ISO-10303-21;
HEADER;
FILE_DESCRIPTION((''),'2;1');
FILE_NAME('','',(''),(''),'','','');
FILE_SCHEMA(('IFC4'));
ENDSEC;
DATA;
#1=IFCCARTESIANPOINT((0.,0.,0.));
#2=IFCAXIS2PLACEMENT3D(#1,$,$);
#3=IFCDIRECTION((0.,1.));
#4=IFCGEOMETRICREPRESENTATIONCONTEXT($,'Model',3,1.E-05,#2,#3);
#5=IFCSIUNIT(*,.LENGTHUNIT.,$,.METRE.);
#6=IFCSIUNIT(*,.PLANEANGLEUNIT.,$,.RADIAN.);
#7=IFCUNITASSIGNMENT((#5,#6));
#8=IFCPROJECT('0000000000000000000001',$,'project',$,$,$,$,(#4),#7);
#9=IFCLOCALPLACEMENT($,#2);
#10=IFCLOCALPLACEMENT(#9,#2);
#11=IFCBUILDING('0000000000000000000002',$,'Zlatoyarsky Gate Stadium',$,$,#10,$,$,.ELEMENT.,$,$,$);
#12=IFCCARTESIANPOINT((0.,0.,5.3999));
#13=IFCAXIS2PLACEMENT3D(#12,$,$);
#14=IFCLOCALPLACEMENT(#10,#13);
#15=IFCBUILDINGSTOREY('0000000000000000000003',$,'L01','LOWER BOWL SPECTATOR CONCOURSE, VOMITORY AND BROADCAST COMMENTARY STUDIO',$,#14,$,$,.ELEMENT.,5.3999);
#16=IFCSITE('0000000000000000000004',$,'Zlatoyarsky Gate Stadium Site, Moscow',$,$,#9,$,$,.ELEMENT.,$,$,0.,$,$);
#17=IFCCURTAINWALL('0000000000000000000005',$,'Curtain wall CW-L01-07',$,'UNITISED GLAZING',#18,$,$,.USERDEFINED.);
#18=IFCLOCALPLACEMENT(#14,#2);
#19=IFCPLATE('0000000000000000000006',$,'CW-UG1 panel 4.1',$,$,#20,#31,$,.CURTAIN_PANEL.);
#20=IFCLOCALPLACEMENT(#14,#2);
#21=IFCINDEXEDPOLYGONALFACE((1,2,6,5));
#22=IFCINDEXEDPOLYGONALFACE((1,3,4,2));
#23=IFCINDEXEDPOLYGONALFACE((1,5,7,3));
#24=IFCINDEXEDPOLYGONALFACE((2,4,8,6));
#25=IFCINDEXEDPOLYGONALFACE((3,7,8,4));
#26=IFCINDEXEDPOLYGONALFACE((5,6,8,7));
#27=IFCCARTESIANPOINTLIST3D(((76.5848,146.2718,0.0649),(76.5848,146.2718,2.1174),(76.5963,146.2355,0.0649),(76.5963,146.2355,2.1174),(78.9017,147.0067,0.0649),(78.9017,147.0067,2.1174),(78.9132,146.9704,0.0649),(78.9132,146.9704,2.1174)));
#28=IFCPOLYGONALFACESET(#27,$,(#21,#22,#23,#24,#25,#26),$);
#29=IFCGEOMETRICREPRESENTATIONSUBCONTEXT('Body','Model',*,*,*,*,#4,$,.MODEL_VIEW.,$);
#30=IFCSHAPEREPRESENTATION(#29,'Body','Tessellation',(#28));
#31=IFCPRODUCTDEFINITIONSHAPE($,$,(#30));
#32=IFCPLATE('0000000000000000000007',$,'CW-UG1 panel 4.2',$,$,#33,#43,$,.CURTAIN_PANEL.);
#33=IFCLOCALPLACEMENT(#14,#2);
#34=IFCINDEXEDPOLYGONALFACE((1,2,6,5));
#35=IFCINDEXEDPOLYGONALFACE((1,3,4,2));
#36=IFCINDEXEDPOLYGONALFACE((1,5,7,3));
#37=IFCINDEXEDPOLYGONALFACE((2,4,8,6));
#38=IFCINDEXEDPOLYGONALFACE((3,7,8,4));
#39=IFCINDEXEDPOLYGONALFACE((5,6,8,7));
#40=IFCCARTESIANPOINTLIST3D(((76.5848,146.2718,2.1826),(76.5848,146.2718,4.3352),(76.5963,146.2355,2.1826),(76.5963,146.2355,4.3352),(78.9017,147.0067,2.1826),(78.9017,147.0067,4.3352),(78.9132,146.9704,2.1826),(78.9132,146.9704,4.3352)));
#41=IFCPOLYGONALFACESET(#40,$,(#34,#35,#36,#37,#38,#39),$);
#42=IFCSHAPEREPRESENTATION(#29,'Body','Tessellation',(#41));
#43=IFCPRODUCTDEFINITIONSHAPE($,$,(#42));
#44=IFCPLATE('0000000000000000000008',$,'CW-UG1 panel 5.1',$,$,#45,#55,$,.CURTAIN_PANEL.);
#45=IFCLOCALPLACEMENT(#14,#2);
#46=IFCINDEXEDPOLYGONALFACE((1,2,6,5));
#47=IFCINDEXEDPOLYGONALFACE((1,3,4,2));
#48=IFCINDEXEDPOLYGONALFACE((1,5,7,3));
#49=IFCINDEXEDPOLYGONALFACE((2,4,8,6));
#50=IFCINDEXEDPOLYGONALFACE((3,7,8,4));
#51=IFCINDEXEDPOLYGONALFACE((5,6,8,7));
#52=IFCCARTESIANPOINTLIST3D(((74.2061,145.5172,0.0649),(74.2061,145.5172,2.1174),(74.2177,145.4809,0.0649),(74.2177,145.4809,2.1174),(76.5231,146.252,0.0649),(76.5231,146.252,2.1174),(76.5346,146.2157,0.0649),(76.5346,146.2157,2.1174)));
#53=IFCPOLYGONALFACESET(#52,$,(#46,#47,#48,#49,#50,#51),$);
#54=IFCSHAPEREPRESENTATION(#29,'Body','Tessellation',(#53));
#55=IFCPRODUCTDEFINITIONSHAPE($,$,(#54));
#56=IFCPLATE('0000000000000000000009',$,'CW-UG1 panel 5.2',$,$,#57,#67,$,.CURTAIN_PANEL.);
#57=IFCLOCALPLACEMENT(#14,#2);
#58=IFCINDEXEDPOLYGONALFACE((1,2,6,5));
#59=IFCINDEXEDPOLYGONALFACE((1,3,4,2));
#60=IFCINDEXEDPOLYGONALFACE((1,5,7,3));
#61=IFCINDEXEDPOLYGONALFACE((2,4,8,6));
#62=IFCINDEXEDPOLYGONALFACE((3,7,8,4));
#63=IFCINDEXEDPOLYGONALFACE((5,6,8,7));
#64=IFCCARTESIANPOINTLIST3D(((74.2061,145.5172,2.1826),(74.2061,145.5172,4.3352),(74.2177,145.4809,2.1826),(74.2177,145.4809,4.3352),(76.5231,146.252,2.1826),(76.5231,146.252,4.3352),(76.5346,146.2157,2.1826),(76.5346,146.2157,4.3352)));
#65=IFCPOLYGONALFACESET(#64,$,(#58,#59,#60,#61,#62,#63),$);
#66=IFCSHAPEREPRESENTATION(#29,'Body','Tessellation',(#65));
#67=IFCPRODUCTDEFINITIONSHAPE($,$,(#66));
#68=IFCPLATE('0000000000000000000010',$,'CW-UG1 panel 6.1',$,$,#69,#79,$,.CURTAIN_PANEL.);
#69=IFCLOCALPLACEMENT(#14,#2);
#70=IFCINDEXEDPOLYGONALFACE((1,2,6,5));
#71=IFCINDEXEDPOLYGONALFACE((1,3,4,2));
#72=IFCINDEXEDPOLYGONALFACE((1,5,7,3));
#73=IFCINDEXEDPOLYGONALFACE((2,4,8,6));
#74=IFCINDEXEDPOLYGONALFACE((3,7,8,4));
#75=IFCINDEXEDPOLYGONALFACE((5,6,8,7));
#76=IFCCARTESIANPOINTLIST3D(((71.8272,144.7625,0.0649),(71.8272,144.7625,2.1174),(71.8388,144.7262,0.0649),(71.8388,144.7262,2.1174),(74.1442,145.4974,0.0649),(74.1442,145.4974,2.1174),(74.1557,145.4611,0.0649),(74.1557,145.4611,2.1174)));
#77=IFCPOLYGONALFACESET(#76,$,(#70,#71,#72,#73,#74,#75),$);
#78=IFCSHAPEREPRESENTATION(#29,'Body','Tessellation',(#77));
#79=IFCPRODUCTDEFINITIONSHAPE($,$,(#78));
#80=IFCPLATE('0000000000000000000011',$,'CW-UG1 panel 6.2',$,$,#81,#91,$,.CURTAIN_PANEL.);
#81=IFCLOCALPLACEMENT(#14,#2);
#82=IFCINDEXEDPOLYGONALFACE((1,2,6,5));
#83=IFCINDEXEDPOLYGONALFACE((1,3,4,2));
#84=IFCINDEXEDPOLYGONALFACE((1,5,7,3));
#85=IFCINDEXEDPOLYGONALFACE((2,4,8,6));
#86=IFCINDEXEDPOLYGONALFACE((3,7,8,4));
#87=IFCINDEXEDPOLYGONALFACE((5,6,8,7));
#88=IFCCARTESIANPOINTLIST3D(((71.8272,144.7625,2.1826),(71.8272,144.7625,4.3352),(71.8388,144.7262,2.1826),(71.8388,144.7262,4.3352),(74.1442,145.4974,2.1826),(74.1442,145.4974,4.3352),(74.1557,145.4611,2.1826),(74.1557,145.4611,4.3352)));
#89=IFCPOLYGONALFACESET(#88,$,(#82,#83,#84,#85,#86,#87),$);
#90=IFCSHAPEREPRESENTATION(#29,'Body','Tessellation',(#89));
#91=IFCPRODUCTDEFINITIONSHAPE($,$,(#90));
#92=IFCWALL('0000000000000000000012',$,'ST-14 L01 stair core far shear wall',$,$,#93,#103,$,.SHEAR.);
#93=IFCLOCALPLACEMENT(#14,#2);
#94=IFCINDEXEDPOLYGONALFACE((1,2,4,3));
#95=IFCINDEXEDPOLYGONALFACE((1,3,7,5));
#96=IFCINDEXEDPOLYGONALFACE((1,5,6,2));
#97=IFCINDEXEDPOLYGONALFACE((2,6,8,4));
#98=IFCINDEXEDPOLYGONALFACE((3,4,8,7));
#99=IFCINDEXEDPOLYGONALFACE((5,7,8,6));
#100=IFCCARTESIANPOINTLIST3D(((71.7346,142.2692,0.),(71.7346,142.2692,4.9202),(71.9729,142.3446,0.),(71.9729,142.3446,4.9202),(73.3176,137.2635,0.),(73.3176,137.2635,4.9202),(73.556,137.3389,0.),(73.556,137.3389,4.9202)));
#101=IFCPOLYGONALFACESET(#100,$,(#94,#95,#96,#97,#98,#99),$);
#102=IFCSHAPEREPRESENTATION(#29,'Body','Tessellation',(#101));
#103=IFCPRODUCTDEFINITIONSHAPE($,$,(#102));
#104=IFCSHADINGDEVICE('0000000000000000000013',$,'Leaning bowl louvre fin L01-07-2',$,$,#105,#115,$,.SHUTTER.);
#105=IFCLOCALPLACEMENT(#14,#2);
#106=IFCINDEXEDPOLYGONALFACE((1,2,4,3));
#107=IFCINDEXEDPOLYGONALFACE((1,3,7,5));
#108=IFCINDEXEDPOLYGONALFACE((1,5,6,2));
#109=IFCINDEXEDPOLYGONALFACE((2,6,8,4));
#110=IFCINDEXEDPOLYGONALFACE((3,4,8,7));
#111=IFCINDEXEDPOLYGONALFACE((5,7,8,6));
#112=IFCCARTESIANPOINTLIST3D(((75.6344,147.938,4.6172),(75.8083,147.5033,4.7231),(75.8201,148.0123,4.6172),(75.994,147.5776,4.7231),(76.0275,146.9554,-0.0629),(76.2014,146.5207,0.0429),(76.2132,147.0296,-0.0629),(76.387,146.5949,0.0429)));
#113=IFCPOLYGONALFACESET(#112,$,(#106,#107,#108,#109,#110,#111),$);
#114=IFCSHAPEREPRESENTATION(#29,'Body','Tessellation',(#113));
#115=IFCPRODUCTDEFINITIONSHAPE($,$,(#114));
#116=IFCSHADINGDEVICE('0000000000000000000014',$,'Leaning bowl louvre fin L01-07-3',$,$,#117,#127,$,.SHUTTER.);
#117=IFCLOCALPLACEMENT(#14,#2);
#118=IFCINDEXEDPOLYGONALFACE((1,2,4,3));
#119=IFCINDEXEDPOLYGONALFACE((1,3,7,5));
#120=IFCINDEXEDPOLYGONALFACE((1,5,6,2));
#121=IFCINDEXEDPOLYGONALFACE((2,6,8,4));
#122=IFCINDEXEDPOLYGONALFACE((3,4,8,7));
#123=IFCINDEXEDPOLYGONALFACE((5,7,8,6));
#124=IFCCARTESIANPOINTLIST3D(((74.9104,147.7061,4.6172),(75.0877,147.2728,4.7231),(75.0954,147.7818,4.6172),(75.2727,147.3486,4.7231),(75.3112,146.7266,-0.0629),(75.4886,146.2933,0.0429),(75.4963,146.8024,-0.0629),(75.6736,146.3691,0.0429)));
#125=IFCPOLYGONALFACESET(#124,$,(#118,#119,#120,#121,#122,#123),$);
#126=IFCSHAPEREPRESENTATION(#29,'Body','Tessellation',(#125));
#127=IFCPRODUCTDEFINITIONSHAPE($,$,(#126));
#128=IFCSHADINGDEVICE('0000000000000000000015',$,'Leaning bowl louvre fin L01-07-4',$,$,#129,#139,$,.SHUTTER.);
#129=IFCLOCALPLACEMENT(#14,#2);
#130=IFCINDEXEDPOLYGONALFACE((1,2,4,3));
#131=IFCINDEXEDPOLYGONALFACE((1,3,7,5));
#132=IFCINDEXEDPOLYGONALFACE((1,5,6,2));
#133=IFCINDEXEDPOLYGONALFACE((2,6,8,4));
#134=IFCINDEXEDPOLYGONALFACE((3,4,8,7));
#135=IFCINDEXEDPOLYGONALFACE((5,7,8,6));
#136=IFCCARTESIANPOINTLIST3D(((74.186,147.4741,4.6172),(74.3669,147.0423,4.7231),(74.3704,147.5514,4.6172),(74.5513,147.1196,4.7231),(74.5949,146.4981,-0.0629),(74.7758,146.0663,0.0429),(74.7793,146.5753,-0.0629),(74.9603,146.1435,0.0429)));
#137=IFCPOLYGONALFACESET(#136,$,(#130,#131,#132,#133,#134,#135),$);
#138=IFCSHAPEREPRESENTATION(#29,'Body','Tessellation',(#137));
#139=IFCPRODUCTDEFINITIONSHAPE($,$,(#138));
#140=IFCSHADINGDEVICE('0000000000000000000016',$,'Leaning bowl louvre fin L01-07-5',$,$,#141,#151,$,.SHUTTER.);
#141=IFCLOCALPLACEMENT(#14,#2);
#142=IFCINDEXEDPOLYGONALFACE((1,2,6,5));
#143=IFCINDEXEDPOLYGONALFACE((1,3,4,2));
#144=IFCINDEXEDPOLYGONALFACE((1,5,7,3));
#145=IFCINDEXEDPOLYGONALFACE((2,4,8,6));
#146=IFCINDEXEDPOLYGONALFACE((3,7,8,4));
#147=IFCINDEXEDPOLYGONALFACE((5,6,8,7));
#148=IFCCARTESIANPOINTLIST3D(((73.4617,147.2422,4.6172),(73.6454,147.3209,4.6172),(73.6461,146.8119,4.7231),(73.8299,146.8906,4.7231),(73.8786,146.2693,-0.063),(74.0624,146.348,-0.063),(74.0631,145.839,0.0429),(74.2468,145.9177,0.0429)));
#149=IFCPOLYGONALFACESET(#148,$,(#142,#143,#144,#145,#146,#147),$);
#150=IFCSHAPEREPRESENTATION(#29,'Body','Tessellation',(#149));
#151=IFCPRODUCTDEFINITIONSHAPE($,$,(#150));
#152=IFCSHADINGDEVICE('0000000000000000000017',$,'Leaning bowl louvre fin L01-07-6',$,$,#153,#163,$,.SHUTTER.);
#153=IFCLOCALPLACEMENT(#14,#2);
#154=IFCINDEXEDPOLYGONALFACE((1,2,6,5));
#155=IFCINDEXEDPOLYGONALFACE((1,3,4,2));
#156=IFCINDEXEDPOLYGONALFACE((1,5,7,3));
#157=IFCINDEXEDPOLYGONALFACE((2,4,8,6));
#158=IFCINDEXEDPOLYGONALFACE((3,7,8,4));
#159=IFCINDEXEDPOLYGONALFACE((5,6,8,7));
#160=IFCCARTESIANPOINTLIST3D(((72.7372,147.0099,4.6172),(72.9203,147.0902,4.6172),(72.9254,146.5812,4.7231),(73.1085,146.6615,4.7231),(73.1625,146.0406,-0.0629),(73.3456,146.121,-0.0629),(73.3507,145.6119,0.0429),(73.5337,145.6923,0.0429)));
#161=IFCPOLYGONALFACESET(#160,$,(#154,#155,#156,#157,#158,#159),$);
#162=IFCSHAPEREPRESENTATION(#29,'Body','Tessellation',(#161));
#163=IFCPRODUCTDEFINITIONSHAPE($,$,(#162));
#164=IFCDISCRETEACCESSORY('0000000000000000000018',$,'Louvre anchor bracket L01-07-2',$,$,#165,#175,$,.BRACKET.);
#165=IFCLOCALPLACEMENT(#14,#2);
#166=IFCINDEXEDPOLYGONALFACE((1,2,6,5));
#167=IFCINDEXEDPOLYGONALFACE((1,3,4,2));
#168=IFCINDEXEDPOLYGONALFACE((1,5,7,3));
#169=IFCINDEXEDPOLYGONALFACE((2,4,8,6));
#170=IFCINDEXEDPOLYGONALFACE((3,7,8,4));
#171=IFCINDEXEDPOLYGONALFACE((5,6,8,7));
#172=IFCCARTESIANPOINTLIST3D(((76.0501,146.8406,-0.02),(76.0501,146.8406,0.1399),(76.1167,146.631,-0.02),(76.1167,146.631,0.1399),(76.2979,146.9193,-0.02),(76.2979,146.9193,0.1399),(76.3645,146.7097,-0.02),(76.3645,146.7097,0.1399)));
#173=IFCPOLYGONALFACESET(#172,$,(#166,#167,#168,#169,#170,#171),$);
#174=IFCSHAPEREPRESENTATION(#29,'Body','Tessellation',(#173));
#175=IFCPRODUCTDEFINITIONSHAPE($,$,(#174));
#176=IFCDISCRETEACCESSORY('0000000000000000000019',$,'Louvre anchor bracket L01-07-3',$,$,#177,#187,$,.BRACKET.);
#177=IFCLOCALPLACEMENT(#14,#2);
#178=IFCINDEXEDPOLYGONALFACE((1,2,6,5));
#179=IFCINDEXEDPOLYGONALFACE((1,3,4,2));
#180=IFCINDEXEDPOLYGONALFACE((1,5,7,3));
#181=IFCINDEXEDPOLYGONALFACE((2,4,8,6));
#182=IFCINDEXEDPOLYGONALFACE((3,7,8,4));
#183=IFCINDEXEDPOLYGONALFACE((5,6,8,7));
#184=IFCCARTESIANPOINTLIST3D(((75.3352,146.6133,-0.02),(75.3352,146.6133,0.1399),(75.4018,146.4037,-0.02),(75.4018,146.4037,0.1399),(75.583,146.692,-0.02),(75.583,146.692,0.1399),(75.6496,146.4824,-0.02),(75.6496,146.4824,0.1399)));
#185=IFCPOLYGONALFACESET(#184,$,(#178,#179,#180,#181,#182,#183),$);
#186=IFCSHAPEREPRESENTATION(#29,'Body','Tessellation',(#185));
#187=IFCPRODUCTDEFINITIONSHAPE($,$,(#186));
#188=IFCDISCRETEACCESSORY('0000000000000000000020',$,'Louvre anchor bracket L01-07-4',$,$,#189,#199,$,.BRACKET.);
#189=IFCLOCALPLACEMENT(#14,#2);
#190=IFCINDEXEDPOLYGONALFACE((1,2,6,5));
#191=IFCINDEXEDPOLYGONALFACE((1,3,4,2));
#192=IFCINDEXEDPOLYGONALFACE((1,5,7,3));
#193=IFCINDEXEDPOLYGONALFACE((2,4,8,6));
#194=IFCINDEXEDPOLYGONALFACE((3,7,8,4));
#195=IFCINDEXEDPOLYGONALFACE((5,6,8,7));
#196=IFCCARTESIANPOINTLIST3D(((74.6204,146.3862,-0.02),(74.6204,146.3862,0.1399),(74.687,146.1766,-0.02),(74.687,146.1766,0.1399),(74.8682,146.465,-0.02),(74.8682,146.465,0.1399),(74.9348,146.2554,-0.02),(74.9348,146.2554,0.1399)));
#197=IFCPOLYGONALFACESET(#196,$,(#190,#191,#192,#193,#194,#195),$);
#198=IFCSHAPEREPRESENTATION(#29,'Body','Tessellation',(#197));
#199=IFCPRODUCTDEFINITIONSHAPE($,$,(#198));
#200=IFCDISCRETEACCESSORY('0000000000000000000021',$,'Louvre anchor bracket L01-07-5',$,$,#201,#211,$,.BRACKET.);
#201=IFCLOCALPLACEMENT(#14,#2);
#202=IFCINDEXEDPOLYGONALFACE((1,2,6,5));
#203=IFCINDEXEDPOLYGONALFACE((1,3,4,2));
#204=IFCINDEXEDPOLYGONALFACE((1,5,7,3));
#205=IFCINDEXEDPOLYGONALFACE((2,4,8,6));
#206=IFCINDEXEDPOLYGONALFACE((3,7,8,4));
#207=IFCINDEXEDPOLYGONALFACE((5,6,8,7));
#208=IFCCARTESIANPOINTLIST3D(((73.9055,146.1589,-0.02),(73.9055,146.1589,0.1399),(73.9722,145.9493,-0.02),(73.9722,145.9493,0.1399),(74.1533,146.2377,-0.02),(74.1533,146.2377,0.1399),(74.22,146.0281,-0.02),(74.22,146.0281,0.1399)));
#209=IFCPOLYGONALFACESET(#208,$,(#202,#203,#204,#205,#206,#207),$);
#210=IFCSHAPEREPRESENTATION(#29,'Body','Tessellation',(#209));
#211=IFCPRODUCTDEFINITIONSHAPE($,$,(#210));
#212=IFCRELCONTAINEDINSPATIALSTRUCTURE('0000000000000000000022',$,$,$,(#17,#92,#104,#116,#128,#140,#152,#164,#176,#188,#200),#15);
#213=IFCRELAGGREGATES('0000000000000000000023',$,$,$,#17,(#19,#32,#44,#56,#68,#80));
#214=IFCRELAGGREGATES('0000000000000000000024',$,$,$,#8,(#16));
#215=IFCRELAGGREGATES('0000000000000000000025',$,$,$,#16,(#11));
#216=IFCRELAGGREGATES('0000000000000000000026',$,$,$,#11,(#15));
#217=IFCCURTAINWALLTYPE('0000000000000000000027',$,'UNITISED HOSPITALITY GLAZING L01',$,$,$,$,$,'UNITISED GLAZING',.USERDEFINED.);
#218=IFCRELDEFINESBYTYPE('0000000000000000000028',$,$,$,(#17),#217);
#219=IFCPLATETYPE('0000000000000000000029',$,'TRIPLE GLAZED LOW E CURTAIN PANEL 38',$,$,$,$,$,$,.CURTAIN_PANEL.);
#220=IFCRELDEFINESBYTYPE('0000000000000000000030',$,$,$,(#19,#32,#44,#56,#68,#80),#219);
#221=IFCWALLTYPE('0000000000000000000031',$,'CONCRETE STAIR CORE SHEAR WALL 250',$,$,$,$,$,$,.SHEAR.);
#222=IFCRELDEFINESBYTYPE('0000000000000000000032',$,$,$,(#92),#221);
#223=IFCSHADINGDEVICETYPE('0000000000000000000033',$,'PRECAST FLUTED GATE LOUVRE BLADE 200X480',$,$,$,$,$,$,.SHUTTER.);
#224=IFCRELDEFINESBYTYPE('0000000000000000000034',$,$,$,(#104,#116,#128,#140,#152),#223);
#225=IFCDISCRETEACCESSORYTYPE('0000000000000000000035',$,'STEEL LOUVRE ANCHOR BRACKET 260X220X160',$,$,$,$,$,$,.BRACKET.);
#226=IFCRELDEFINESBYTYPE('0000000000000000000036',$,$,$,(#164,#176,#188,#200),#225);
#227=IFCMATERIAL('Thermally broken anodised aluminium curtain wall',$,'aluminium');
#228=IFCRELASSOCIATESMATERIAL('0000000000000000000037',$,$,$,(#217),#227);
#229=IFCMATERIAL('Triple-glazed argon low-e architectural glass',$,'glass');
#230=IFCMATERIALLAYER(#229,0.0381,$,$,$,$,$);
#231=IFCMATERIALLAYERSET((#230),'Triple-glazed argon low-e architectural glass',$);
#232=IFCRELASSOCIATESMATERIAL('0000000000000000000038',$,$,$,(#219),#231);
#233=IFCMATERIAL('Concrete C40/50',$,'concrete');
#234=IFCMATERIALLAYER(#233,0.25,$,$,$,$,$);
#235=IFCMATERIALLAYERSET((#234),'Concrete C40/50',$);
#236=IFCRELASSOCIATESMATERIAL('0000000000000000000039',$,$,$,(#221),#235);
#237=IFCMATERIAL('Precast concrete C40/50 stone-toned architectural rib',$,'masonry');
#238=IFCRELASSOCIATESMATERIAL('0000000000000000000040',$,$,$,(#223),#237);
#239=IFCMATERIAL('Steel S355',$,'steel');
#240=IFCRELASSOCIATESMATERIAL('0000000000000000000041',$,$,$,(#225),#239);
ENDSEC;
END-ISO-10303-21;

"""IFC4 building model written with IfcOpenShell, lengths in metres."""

from ifc_helpers import new_model, si_unit, direction, frame, frame_2d, origin, origin_2d, place, context, subcontext, project, spatial, rectangle, extrude, material, layer, layer_set, material_profile, profile_set, type_object, element, aggregate, save


model = new_model("IFC4")

# Units and contexts
model_context = context("Model", 3, precision=1e-05, world=origin(), true_north=direction((0.0, 1.0)))
body_context = subcontext(model_context, "Body", "Model", "MODEL_VIEW")
ifc_project = project(units=[si_unit("LENGTHUNIT", "METRE"), si_unit("PLANEANGLEUNIT", "RADIAN")], contexts=[model_context])

# Site, building, storey
site_placement = place(None, origin())
site = spatial("IfcSite", under=ifc_project, at=site_placement, Name="Zlatoyarsky Gate Stadium Site, Moscow", CompositionType="ELEMENT", RefElevation=0.0)
building_placement = place(site_placement, origin())
building = spatial("IfcBuilding", under=site, at=building_placement, Name="Zlatoyarsky Gate Stadium", CompositionType="ELEMENT")
storey_placement = place(building_placement, frame((0.0, 0.0, 5.3999)))
storey = spatial("IfcBuildingStorey", under=building, at=storey_placement, Name="L01", Description="LOWER BOWL SPECTATOR CONCOURSE, VOMITORY AND BROADCAST COMMENTARY STUDIO", CompositionType="ELEMENT", Elevation=5.3999)

# Curtain wall
ifc_material_1 = material(Name="Thermally broken anodised aluminium curtain wall", Category="aluminium")
curtain_wall_type = type_object("IfcCurtainWallType", Name="UNITISED HOSPITALITY GLAZING L01", ElementType="UNITISED GLAZING", PredefinedType="USERDEFINED", material=ifc_material_1)
curtain_wall_placement = place(storey_placement, origin())
curtain_wall = element("IfcCurtainWall", 1, at=curtain_wall_placement, inside=storey, type_object=curtain_wall_type, Name="Curtain wall CW-L01-07", ObjectType="UNITISED GLAZING", PredefinedType="USERDEFINED")

# Shared definitions
ifc_material_2 = material(Name="Steel S355", Category="steel")

# Plates
ifc_material_3 = material(Name="Triple-glazed argon low-e architectural glass", Category="glass")
ifc_layer_1 = layer(ifc_material_3, 0.0381)
ifc_layer_set_1 = layer_set([ifc_layer_1], Name="Triple-glazed argon low-e architectural glass")
plate_type_1 = type_object("IfcPlateType", Name="TRIPLE GLAZED LOW E CURTAIN PANEL 38", PredefinedType="CURTAIN_PANEL", material=ifc_layer_set_1)
plate_1_placement = place(storey_placement, frame((77.749, 146.6211, 0.0649), z_axis=(0.0, 0.0, 1.0), x_axis=(-0.953202, -0.302335, 0.0)))
plate_1 = element("IfcPlate", 2, at=plate_1_placement, type_object=plate_type_1, Name="CW-UG1 panel 4.1", PredefinedType="CURTAIN_PANEL", context=body_context, shape_type="SweptSolid", body=[
    extrude(rectangle(XDim=2.4307, YDim=0.0381, at=origin_2d()), origin(), (0.0, 0.0, 1.0), 2.0525),
])
plate_2_placement = place(storey_placement, frame((77.749, 146.6211, 2.1826), z_axis=(0.0, 0.0, 1.0), x_axis=(-0.953202, -0.302335, 0.0)))
plate_2 = element("IfcPlate", 3, at=plate_2_placement, type_object=plate_type_1, Name="CW-UG1 panel 4.2", PredefinedType="CURTAIN_PANEL", context=body_context, shape_type="SweptSolid", body=[
    extrude(rectangle(XDim=2.4307, YDim=0.0381, at=origin_2d()), origin(), (0.0, 0.0, 1.0), 2.1526),
])
plate_3_placement = place(storey_placement, frame((75.3704, 145.8665, 0.0649), z_axis=(0.0, 0.0, 1.0), x_axis=(-0.953202, -0.302335, 0.0)))
plate_3 = element("IfcPlate", 4, at=plate_3_placement, type_object=plate_type_1, Name="CW-UG1 panel 5.1", PredefinedType="CURTAIN_PANEL", context=body_context, shape_type="SweptSolid", body=[
    extrude(rectangle(XDim=2.4307, YDim=0.0381, at=origin_2d()), origin(), (0.0, 0.0, 1.0), 2.0525),
])
plate_4_placement = place(storey_placement, frame((75.3704, 145.8665, 2.1826), z_axis=(0.0, 0.0, 1.0), x_axis=(-0.953202, -0.302335, 0.0)))
plate_4 = element("IfcPlate", 5, at=plate_4_placement, type_object=plate_type_1, Name="CW-UG1 panel 5.2", PredefinedType="CURTAIN_PANEL", context=body_context, shape_type="SweptSolid", body=[
    extrude(rectangle(XDim=2.4307, YDim=0.0381, at=origin_2d()), origin(), (0.0, 0.0, 1.0), 2.1526),
])
plate_5_placement = place(storey_placement, frame((72.9915, 145.1118, 0.0649), z_axis=(0.0, 0.0, 1.0), x_axis=(-0.953202, -0.302335, 0.0)))
plate_5 = element("IfcPlate", 6, at=plate_5_placement, type_object=plate_type_1, Name="CW-UG1 panel 6.1", PredefinedType="CURTAIN_PANEL", context=body_context, shape_type="SweptSolid", body=[
    extrude(rectangle(XDim=2.4307, YDim=0.0381, at=origin_2d()), origin(), (0.0, 0.0, 1.0), 2.0525),
])
plate_6_placement = place(storey_placement, frame((72.9915, 145.1118, 2.1826), z_axis=(0.0, 0.0, 1.0), x_axis=(-0.953202, -0.302335, 0.0)))
plate_6 = element("IfcPlate", 7, at=plate_6_placement, type_object=plate_type_1, Name="CW-UG1 panel 6.2", PredefinedType="CURTAIN_PANEL", context=body_context, shape_type="SweptSolid", body=[
    extrude(rectangle(XDim=2.4307, YDim=0.0381, at=origin_2d()), origin(), (0.0, 0.0, 1.0), 2.1526),
])
aggregate(curtain_wall, [plate_1, plate_2, plate_3, plate_4, plate_5, plate_6])

# Wall
ifc_material_4 = material(Name="Concrete C40/50", Category="concrete")
ifc_layer_2 = layer(ifc_material_4, 0.25)
ifc_layer_set_2 = layer_set([ifc_layer_2], Name="Concrete C40/50")
wall_type = type_object("IfcWallType", Name="CONCRETE STAIR CORE SHEAR WALL 250", PredefinedType="SHEAR", material=ifc_layer_set_2)
wall_placement = place(storey_placement, frame((71.8538, 142.3069, 0.0), z_axis=(0.0, 0.0, 1.0), x_axis=(0.301527, -0.953457, 0.0)))
element("IfcWall", 8, at=wall_placement, inside=storey, type_object=wall_type, Name="ST-14 L01 stair core far shear wall", PredefinedType="SHEAR", context=body_context, shape_type="SweptSolid", body=[
    extrude(rectangle(XDim=5.25, YDim=0.25, at=frame_2d((2.625, 0.0))), origin(), (0.0, 0.0, 1.0), 4.9202),
])

# Shading devices
ifc_material_5 = material(Name="Precast concrete C40/50 stone-toned architectural rib", Category="masonry")
ifc_material_profile_1 = material_profile(ifc_material_5, rectangle(XDim=0.2, YDim=0.48, at=origin_2d()), Name="RIB 200X480")
ifc_profile_set_1 = profile_set([ifc_material_profile_1], Name="Precast concrete C40/50 stone-toned architectural rib")
shading_device_type = type_object("IfcShadingDeviceType", Name="PRECAST FLUTED GATE LOUVRE BLADE 200X480", PredefinedType="SHUTTER", material=ifc_profile_set_1)
for number, where, z_axis, x_axis, name in (
    (9, (76.2073, 146.7751, -0.01), (-0.081917, 0.204792, 0.975372), (-0.928477, -0.371391, 0.0), "Leaning bowl louvre fin L01-07-2"),
    (10, (75.4924, 146.5479, -0.01), (-0.083545, 0.204131, 0.975372), (-0.925488, -0.378777, 0.0), "Leaning bowl louvre fin L01-07-3"),
    (11, (74.7776, 146.3208, -0.01), (-0.085225, 0.203419, 0.975375), (-0.922324, -0.386417, 0.0), "Leaning bowl louvre fin L01-07-4"),
    (12, (74.0627, 146.0935, -0.01), (-0.086903, 0.202756, 0.975366), (-0.919133, -0.393947, 0.0), "Leaning bowl louvre fin L01-07-5"),
    (13, (73.3481, 145.8665, -0.01), (-0.088633, 0.201993, 0.975368), (-0.915723, -0.401811, 0.0), "Leaning bowl louvre fin L01-07-6"),
):
    element("IfcShadingDevice", number, at=place(storey_placement, frame(where, z_axis=z_axis, x_axis=x_axis)), inside=storey, type_object=shading_device_type, Name=name, PredefinedType="SHUTTER", context=body_context, shape_type="SweptSolid", body=[
        extrude(rectangle(XDim=0.2, YDim=0.48, at=origin_2d()), origin(), (0.0, 0.0, 1.0), 4.7983),
    ])

# Discrete accessories
discrete_accessory_type = type_object("IfcDiscreteAccessoryType", Name="STEEL LOUVRE ANCHOR BRACKET 260X220X160", PredefinedType="BRACKET", material=ifc_material_2)
for number, where, z_axis, x_axis, name in (
    (14, (76.2073, 146.7751, -0.02), (0.0, 0.0, 1.0), (-0.953026, -0.302887, 0.0), "Louvre anchor bracket L01-07-2"),
    (15, (75.4924, 146.5479, -0.02), (0.0, 0.0, 1.0), (-0.953026, -0.302887, 0.0), "Louvre anchor bracket L01-07-3"),
    (16, (74.7776, 146.3208, -0.02), (0.0, 0.0, 1.0), (-0.953026, -0.302887, 0.0), "Louvre anchor bracket L01-07-4"),
    (17, (74.0627, 146.0935, -0.02), (0.0, 0.0, 1.0), (-0.953026, -0.302887, 0.0), "Louvre anchor bracket L01-07-5"),
):
    element("IfcDiscreteAccessory", number, at=place(storey_placement, frame(where, z_axis=z_axis, x_axis=x_axis)), inside=storey, type_object=discrete_accessory_type, Name=name, PredefinedType="BRACKET", context=body_context, shape_type="SweptSolid", body=[
        extrude(rectangle(XDim=0.26, YDim=0.22, at=origin_2d()), origin(), (0.0, 0.0, 1.0), 0.1599),
    ])

save(model, "model.ifc")
